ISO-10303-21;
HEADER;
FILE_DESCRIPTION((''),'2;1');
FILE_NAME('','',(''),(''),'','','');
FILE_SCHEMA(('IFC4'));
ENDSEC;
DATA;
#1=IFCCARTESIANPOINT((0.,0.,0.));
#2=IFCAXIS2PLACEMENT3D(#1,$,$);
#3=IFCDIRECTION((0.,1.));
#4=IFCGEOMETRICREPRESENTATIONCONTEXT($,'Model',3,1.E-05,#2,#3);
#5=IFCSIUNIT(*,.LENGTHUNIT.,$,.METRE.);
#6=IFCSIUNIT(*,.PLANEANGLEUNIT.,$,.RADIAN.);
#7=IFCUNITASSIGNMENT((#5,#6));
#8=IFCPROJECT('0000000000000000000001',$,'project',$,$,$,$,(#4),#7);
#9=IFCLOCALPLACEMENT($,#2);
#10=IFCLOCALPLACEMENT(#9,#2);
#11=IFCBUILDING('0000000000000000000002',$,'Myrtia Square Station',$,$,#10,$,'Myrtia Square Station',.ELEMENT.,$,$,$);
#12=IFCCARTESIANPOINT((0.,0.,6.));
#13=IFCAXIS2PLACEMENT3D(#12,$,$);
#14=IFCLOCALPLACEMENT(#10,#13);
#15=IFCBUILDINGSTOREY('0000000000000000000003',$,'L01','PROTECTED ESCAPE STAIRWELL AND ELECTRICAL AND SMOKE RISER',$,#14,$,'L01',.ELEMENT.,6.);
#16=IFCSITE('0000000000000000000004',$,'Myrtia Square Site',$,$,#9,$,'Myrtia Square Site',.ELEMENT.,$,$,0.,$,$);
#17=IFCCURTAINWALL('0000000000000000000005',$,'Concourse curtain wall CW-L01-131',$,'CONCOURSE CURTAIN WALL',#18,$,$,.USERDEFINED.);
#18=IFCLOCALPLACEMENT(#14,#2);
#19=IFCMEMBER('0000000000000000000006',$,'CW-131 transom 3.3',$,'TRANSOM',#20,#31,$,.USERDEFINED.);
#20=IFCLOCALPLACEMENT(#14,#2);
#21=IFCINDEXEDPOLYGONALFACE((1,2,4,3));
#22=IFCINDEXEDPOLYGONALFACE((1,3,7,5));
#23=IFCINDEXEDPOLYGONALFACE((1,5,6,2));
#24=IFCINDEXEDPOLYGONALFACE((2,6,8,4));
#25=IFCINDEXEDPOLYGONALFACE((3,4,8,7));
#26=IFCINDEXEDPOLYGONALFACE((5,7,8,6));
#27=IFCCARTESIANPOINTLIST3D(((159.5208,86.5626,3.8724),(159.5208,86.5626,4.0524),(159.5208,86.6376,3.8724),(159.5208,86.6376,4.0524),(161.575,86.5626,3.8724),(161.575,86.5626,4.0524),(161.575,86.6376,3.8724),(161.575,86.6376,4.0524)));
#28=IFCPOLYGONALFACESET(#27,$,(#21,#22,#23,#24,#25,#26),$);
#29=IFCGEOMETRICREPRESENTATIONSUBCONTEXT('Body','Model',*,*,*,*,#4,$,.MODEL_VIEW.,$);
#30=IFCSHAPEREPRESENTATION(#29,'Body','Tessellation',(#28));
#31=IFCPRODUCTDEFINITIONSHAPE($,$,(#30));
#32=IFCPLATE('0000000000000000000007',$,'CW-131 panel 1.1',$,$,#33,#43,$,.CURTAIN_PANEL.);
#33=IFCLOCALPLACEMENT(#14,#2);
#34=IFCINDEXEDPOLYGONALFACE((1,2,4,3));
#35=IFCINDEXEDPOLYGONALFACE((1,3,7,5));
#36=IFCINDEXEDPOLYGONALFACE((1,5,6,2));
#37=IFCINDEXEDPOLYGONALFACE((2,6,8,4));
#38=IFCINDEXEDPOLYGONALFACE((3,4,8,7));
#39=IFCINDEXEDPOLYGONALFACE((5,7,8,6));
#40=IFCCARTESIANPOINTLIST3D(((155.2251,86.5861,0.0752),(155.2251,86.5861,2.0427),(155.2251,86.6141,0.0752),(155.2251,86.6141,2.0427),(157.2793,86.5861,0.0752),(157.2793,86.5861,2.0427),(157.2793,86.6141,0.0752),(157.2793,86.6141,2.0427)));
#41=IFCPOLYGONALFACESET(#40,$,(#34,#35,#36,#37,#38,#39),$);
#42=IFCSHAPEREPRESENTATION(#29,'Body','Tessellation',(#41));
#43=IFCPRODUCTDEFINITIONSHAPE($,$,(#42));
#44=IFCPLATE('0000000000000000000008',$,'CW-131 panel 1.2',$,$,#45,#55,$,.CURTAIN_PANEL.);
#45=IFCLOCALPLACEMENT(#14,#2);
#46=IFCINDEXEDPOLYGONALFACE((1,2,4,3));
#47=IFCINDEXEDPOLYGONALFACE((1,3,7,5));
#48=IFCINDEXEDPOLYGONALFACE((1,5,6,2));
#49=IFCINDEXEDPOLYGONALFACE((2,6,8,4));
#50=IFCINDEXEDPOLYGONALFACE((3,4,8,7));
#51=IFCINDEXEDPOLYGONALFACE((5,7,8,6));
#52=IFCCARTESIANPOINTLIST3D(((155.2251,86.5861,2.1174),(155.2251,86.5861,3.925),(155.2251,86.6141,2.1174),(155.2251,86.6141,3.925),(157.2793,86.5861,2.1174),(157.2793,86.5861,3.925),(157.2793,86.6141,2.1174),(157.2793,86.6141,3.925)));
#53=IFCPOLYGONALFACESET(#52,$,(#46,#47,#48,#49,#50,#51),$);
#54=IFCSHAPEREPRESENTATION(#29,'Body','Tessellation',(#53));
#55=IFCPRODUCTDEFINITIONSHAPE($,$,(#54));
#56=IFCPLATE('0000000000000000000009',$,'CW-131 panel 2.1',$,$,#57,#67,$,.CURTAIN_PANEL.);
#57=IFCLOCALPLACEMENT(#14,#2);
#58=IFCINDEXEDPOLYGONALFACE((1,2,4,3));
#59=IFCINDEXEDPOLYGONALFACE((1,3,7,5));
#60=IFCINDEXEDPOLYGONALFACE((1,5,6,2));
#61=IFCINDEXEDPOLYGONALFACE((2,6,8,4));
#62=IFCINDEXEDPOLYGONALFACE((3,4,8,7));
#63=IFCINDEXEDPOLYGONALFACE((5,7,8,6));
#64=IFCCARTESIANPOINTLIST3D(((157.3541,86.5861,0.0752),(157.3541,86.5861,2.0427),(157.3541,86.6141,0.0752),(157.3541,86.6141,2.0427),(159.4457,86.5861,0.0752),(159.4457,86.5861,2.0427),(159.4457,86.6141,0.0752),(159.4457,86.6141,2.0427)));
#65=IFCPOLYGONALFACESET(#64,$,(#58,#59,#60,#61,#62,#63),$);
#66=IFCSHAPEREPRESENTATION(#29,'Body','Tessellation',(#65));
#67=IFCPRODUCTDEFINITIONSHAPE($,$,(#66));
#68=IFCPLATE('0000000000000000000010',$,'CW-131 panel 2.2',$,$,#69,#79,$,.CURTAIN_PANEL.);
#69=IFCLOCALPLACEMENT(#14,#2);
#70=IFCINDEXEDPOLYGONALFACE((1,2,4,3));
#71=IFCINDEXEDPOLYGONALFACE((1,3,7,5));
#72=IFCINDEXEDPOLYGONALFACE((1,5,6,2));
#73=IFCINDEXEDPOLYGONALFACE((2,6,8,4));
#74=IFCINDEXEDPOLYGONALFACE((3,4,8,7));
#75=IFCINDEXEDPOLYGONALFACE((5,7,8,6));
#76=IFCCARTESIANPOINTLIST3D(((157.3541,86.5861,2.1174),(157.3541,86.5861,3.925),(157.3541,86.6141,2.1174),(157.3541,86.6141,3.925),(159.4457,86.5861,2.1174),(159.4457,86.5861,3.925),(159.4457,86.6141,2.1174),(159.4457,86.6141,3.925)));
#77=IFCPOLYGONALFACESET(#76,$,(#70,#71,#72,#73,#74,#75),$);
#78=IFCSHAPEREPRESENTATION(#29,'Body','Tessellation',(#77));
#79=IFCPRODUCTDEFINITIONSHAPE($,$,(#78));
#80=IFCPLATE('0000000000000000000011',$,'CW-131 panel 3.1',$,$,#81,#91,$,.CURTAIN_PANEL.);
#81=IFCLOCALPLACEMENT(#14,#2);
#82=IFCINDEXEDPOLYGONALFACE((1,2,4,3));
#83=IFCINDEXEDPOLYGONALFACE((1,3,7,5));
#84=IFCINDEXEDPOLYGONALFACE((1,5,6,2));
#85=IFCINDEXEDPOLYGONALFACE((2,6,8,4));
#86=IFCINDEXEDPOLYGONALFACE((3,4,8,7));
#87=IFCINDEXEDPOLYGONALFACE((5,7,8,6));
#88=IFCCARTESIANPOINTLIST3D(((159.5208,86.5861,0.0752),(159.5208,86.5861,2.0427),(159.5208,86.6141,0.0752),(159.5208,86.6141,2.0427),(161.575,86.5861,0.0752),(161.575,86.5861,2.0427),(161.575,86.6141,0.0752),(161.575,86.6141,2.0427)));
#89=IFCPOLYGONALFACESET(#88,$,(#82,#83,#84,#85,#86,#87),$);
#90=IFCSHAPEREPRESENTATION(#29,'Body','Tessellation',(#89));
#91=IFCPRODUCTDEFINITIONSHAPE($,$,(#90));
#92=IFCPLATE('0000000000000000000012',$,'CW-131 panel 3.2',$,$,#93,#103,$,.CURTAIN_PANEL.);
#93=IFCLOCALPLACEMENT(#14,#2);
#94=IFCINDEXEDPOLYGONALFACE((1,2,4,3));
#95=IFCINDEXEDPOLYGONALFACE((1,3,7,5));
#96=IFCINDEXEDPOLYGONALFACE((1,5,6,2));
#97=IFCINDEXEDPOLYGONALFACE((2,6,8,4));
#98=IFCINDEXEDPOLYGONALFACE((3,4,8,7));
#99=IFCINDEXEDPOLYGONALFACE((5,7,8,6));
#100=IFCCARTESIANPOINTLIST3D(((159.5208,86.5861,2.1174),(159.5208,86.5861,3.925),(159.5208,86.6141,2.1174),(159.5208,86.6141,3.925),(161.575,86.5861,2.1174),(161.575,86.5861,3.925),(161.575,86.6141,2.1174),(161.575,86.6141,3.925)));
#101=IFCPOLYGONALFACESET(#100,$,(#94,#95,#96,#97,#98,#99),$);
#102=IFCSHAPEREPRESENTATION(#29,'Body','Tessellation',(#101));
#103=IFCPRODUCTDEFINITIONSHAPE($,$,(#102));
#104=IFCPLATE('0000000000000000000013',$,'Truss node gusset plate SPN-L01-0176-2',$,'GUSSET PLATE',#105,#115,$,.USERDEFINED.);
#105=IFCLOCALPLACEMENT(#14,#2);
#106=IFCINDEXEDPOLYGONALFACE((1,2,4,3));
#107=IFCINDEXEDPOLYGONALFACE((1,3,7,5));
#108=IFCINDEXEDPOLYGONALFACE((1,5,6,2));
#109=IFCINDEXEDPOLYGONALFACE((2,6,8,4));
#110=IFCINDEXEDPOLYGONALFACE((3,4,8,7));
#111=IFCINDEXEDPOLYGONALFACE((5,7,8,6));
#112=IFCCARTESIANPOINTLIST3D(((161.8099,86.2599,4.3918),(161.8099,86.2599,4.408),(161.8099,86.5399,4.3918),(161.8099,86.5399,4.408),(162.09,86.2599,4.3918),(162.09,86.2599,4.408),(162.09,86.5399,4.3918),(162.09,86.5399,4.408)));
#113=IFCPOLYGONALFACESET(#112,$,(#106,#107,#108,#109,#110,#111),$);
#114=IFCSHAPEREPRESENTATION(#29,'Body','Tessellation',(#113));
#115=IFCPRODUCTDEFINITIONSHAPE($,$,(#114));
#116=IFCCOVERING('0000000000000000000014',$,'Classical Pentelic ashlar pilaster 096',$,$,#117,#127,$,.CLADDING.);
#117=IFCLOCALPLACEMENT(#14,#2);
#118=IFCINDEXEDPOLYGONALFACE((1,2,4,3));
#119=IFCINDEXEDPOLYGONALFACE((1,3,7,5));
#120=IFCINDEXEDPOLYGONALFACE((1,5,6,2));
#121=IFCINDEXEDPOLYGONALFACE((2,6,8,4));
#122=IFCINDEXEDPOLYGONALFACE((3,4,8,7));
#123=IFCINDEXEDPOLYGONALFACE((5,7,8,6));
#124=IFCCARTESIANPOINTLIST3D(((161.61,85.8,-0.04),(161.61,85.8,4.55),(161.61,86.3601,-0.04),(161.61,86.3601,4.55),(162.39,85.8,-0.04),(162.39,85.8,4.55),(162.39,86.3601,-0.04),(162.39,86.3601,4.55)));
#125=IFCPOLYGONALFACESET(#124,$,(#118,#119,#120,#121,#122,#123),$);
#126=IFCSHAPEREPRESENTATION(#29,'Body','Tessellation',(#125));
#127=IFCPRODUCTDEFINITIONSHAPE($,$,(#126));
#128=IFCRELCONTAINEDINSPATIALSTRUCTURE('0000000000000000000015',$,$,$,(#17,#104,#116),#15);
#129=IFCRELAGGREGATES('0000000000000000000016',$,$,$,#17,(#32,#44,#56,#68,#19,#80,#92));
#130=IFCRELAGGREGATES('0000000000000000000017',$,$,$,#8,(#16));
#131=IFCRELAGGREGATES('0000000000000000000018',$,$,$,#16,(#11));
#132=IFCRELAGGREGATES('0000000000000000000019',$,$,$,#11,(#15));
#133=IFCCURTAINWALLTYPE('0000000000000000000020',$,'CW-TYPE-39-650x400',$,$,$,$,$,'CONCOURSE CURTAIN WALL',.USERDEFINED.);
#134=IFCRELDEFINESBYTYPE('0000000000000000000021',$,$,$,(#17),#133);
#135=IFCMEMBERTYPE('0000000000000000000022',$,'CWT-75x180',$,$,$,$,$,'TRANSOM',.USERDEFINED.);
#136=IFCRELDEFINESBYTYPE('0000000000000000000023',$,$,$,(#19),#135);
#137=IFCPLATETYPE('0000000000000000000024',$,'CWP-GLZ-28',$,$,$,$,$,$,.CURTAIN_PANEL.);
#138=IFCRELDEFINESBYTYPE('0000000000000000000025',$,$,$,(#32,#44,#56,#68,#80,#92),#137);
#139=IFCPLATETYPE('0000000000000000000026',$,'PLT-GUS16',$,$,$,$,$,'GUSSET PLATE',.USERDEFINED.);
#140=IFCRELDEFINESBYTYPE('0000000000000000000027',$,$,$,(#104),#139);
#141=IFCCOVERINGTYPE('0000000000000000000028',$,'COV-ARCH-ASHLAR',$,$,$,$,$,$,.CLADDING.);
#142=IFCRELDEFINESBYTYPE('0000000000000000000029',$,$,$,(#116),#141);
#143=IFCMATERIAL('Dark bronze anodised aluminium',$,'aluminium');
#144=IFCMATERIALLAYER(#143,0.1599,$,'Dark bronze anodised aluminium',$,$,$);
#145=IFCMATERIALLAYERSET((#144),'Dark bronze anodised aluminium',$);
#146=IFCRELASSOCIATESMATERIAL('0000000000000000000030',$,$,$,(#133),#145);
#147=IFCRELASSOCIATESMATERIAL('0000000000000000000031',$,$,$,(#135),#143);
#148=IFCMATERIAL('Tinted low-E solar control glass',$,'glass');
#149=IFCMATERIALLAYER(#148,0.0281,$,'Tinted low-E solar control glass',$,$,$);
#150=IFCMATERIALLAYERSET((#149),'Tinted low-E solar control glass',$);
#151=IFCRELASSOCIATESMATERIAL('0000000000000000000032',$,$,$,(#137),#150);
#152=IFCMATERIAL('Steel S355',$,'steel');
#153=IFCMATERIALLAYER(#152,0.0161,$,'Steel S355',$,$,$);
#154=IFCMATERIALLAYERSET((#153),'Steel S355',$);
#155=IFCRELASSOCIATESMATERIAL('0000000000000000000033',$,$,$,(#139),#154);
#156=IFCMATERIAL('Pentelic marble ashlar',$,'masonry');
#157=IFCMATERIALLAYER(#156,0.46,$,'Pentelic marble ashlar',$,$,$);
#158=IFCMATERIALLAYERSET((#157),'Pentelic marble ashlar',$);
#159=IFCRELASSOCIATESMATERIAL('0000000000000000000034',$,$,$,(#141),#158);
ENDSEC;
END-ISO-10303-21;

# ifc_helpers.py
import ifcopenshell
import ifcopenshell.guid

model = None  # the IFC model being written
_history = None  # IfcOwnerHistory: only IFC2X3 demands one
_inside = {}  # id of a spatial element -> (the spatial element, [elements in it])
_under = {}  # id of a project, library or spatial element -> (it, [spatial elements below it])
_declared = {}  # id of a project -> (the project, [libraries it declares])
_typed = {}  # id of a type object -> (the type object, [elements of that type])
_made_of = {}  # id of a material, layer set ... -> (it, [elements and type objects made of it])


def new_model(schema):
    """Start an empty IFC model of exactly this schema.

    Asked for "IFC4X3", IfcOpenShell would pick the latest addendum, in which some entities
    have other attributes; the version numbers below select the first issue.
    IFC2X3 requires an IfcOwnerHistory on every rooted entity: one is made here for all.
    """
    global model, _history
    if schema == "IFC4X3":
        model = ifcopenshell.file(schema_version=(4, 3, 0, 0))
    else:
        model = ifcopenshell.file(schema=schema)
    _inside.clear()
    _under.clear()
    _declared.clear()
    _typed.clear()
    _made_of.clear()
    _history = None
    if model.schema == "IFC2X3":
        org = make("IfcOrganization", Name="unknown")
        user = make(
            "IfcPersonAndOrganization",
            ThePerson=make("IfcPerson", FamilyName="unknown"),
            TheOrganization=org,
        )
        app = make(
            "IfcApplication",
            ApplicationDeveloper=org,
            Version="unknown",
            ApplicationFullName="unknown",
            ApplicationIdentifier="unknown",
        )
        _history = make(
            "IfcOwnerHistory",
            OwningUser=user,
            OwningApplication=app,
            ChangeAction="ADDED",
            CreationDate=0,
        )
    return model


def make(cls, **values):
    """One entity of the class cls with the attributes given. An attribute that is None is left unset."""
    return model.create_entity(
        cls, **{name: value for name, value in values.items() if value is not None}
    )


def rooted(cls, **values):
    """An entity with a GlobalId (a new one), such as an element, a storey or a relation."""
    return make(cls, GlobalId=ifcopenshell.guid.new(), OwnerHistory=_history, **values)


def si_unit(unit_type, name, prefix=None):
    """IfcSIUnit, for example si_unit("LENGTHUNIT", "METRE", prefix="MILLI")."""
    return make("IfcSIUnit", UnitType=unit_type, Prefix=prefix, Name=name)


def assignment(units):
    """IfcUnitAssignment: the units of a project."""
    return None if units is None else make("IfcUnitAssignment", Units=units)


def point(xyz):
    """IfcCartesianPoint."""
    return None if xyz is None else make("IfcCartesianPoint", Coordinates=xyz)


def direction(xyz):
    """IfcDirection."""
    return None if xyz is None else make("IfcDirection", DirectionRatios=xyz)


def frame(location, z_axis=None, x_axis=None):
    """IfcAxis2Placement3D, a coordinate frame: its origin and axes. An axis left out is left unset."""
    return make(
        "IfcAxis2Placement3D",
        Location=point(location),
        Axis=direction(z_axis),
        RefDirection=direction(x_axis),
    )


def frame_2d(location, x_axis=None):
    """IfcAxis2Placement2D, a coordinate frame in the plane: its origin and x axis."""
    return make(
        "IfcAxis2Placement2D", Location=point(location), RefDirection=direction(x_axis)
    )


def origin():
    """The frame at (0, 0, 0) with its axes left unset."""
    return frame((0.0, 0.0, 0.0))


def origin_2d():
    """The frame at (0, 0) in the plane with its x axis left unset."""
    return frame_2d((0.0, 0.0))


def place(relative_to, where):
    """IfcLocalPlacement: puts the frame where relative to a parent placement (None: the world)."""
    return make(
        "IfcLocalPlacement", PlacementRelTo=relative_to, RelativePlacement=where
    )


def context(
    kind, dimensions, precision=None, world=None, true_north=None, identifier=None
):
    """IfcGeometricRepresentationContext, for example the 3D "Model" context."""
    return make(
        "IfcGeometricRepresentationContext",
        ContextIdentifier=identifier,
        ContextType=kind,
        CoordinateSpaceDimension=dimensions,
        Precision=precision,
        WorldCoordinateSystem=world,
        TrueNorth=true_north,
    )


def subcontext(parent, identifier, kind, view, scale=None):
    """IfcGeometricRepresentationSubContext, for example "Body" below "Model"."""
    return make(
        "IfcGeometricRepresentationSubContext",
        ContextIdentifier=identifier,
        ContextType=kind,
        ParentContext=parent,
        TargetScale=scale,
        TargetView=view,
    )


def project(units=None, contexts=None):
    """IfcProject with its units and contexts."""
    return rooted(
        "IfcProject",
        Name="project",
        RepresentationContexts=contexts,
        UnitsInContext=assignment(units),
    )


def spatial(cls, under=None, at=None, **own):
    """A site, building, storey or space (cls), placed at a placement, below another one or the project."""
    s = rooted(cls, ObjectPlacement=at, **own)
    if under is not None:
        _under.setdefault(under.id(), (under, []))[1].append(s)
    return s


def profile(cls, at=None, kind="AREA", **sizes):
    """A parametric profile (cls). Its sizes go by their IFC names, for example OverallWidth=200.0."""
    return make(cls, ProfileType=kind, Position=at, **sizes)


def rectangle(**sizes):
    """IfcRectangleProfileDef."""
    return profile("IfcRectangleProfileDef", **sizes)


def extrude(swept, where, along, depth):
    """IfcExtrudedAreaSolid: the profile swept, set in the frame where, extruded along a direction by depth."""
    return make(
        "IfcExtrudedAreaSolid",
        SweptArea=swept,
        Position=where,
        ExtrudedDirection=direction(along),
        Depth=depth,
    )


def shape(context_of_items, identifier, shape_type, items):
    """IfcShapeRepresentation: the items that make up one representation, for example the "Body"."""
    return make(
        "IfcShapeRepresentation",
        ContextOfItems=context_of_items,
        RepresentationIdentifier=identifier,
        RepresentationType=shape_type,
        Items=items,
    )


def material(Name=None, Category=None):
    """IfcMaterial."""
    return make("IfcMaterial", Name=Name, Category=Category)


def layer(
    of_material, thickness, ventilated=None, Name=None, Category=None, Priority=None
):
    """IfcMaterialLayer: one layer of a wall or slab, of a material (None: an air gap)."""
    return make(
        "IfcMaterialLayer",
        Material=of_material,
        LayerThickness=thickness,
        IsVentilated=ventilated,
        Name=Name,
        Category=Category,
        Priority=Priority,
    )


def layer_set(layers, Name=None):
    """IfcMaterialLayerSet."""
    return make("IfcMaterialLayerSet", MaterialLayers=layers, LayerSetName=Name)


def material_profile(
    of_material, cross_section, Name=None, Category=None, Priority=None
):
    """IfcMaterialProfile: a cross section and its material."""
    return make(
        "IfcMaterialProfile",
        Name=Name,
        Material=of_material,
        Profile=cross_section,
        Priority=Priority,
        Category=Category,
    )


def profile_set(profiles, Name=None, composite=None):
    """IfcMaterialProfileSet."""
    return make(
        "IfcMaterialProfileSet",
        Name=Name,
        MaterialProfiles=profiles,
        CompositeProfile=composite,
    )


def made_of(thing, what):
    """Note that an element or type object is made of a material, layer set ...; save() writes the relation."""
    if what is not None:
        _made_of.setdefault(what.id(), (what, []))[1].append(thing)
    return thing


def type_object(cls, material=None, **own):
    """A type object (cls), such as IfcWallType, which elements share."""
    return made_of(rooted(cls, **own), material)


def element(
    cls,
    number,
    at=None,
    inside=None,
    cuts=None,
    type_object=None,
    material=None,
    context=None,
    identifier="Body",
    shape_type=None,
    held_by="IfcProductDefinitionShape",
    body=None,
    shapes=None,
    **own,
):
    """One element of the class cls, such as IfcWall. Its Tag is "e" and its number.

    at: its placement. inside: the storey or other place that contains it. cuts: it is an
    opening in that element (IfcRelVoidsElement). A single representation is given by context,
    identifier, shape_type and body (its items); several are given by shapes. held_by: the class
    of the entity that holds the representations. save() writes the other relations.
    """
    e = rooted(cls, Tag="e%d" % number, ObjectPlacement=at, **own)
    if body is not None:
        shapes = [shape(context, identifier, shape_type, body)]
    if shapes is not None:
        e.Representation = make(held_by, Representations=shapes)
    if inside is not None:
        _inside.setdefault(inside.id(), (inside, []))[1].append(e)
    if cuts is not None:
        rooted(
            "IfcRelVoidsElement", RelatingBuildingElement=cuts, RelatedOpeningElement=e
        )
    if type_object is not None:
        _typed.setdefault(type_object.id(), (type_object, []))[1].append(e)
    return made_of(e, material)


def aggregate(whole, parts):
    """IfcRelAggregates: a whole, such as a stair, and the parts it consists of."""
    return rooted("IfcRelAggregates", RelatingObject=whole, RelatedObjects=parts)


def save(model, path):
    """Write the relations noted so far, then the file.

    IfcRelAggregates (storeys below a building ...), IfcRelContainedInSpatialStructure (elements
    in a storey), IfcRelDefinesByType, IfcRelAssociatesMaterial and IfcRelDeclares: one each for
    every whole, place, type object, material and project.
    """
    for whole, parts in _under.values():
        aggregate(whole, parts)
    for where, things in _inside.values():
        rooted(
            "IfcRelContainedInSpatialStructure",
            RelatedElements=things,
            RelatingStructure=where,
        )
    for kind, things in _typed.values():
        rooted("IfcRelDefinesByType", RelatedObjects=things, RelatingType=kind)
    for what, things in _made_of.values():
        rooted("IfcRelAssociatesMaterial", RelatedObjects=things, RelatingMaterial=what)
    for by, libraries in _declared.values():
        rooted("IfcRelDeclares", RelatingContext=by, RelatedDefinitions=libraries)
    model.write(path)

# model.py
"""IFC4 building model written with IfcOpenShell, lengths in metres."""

from ifc_helpers import new_model, si_unit, direction, frame, origin, origin_2d, place, context, subcontext, project, spatial, rectangle, extrude, material, layer, layer_set, material_profile, profile_set, type_object, element, aggregate, save


model = new_model("IFC4")

# Units and contexts
model_context = context("Model", 3, precision=1e-05, world=origin(), true_north=direction((0.0, 1.0)))
body_context = subcontext(model_context, "Body", "Model", "MODEL_VIEW")
ifc_project = project(units=[si_unit("LENGTHUNIT", "METRE"), si_unit("PLANEANGLEUNIT", "RADIAN")], contexts=[model_context])

# Site, building, storey
site_placement = place(None, origin())
site = spatial("IfcSite", under=ifc_project, at=site_placement, Name="Myrtia Square Site", LongName="Myrtia Square Site", CompositionType="ELEMENT", RefElevation=0.0)
building_placement = place(site_placement, origin())
building = spatial("IfcBuilding", under=site, at=building_placement, Name="Myrtia Square Station", LongName="Myrtia Square Station", CompositionType="ELEMENT")
storey_placement = place(building_placement, frame((0.0, 0.0, 6.0)))
storey = spatial("IfcBuildingStorey", under=building, at=storey_placement, Name="L01", Description="PROTECTED ESCAPE STAIRWELL AND ELECTRICAL AND SMOKE RISER", LongName="L01", CompositionType="ELEMENT", Elevation=6.0)

# Shared definitions
ifc_material_1 = material(Name="Steel S355", Category="steel")

# Curtain wall, member, plates
ifc_material_2 = material(Name="Dark bronze anodised aluminium", Category="aluminium")
ifc_layer_1 = layer(ifc_material_2, 0.1599, Name="Dark bronze anodised aluminium")
ifc_layer_set_1 = layer_set([ifc_layer_1], Name="Dark bronze anodised aluminium")
curtain_wall_type = type_object("IfcCurtainWallType", Name="CW-TYPE-39-650x400", ElementType="CONCOURSE CURTAIN WALL", PredefinedType="USERDEFINED", material=ifc_layer_set_1)
curtain_wall_placement = place(storey_placement, origin())
curtain_wall = element("IfcCurtainWall", 1, at=curtain_wall_placement, inside=storey, type_object=curtain_wall_type, Name="Concourse curtain wall CW-L01-131", ObjectType="CONCOURSE CURTAIN WALL", PredefinedType="USERDEFINED")
ifc_material_profile_1 = material_profile(ifc_material_2, rectangle(XDim=0.075, YDim=0.1799, at=origin_2d()), Name="ALU-T 75x180")
ifc_profile_set_1 = profile_set([ifc_material_profile_1], Name="Dark bronze anodised aluminium")
member_type_1 = type_object("IfcMemberType", Name="CWT-75x180", ElementType="TRANSOM", PredefinedType="USERDEFINED", material=ifc_profile_set_1)
member_1_placement = place(storey_placement, frame((159.5208, 86.6001, 3.9624), z_axis=(1.0, 0.0, 0.0), x_axis=(0.0, 1.0, 0.0)))
member_1 = element("IfcMember", 2, at=member_1_placement, type_object=member_type_1, Name="CW-131 transom 3.3", ObjectType="TRANSOM", PredefinedType="USERDEFINED", context=body_context, shape_type="SweptSolid", body=[
    extrude(rectangle(XDim=0.075, YDim=0.1799, at=origin_2d()), origin(), (0.0, 0.0, 1.0), 2.0542),
])
ifc_material_3 = material(Name="Tinted low-E solar control glass", Category="glass")
ifc_layer_2 = layer(ifc_material_3, 0.0281, Name="Tinted low-E solar control glass")
ifc_layer_set_2 = layer_set([ifc_layer_2], Name="Tinted low-E solar control glass")
plate_type_1 = type_object("IfcPlateType", Name="CWP-GLZ-28", PredefinedType="CURTAIN_PANEL", material=ifc_layer_set_2)
plate_1_placement = place(storey_placement, frame((156.2522, 86.6001, 0.0752), z_axis=(0.0, 0.0, 1.0), x_axis=(1.0, 0.0, 0.0)))
plate_1 = element("IfcPlate", 3, at=plate_1_placement, type_object=plate_type_1, Name="CW-131 panel 1.1", PredefinedType="CURTAIN_PANEL", context=body_context, shape_type="SweptSolid", body=[
    extrude(rectangle(XDim=2.0542, YDim=0.0281, at=origin_2d()), origin(), (0.0, 0.0, 1.0), 1.9675),
])
plate_2_placement = place(storey_placement, frame((156.2522, 86.6001, 2.1174), z_axis=(0.0, 0.0, 1.0), x_axis=(1.0, 0.0, 0.0)))
plate_2 = element("IfcPlate", 4, at=plate_2_placement, type_object=plate_type_1, Name="CW-131 panel 1.2", PredefinedType="CURTAIN_PANEL", context=body_context, shape_type="SweptSolid", body=[
    extrude(rectangle(XDim=2.0542, YDim=0.0281, at=origin_2d()), origin(), (0.0, 0.0, 1.0), 1.8076),
])
plate_3_placement = place(storey_placement, frame((158.3999, 86.6001, 0.0752), z_axis=(0.0, 0.0, 1.0), x_axis=(1.0, 0.0, 0.0)))
plate_3 = element("IfcPlate", 5, at=plate_3_placement, type_object=plate_type_1, Name="CW-131 panel 2.1", PredefinedType="CURTAIN_PANEL", context=body_context, shape_type="SweptSolid", body=[
    extrude(rectangle(XDim=2.0916, YDim=0.0281, at=origin_2d()), origin(), (0.0, 0.0, 1.0), 1.9675),
])
plate_4_placement = place(storey_placement, frame((158.3999, 86.6001, 2.1174), z_axis=(0.0, 0.0, 1.0), x_axis=(1.0, 0.0, 0.0)))
plate_4 = element("IfcPlate", 6, at=plate_4_placement, type_object=plate_type_1, Name="CW-131 panel 2.2", PredefinedType="CURTAIN_PANEL", context=body_context, shape_type="SweptSolid", body=[
    extrude(rectangle(XDim=2.0916, YDim=0.0281, at=origin_2d()), origin(), (0.0, 0.0, 1.0), 1.8076),
])
plate_5_placement = place(storey_placement, frame((160.5479, 86.6001, 0.0752), z_axis=(0.0, 0.0, 1.0), x_axis=(1.0, 0.0, 0.0)))
plate_5 = element("IfcPlate", 7, at=plate_5_placement, type_object=plate_type_1, Name="CW-131 panel 3.1", PredefinedType="CURTAIN_PANEL", context=body_context, shape_type="SweptSolid", body=[
    extrude(rectangle(XDim=2.0542, YDim=0.0281, at=origin_2d()), origin(), (0.0, 0.0, 1.0), 1.9675),
])
plate_6_placement = place(storey_placement, frame((160.5479, 86.6001, 2.1174), z_axis=(0.0, 0.0, 1.0), x_axis=(1.0, 0.0, 0.0)))
plate_6 = element("IfcPlate", 8, at=plate_6_placement, type_object=plate_type_1, Name="CW-131 panel 3.2", PredefinedType="CURTAIN_PANEL", context=body_context, shape_type="SweptSolid", body=[
    extrude(rectangle(XDim=2.0542, YDim=0.0281, at=origin_2d()), origin(), (0.0, 0.0, 1.0), 1.8076),
])
aggregate(curtain_wall, [plate_1, plate_2, plate_3, plate_4, member_1, plate_5, plate_6])

# Plate
ifc_layer_3 = layer(ifc_material_1, 0.0161, Name="Steel S355")
ifc_layer_set_3 = layer_set([ifc_layer_3], Name="Steel S355")
plate_type_2 = type_object("IfcPlateType", Name="PLT-GUS16", ElementType="GUSSET PLATE", PredefinedType="USERDEFINED", material=ifc_layer_set_3)
plate_7_placement = place(storey_placement, frame((161.95, 86.3999, 4.3918), z_axis=(0.0, 0.0, 1.0), x_axis=(1.0, 0.0, 0.0)))
element("IfcPlate", 9, at=plate_7_placement, inside=storey, type_object=plate_type_2, Name="Truss node gusset plate SPN-L01-0176-2", ObjectType="GUSSET PLATE", PredefinedType="USERDEFINED", context=body_context, shape_type="SweptSolid", body=[
    extrude(rectangle(XDim=0.28, YDim=0.28, at=origin_2d()), origin(), (0.0, 0.0, 1.0), 0.0161),
])

# Covering
ifc_material_4 = material(Name="Pentelic marble ashlar", Category="masonry")
ifc_layer_4 = layer(ifc_material_4, 0.46, Name="Pentelic marble ashlar")
ifc_layer_set_4 = layer_set([ifc_layer_4], Name="Pentelic marble ashlar")
covering_type = type_object("IfcCoveringType", Name="COV-ARCH-ASHLAR", PredefinedType="CLADDING", material=ifc_layer_set_4)
covering_placement = place(storey_placement, frame((162.0, 86.0801, -0.04), z_axis=(0.0, 0.0, 1.0), x_axis=(1.0, 0.0, 0.0)))
element("IfcCovering", 10, at=covering_placement, inside=storey, type_object=covering_type, Name="Classical Pentelic ashlar pilaster 096", PredefinedType="CLADDING", context=body_context, shape_type="SweptSolid", body=[
    extrude(rectangle(XDim=0.78, YDim=0.5601, at=origin_2d()), origin(), (0.0, 0.0, 1.0), 4.5901),
])

save(model, "model.ifc")
